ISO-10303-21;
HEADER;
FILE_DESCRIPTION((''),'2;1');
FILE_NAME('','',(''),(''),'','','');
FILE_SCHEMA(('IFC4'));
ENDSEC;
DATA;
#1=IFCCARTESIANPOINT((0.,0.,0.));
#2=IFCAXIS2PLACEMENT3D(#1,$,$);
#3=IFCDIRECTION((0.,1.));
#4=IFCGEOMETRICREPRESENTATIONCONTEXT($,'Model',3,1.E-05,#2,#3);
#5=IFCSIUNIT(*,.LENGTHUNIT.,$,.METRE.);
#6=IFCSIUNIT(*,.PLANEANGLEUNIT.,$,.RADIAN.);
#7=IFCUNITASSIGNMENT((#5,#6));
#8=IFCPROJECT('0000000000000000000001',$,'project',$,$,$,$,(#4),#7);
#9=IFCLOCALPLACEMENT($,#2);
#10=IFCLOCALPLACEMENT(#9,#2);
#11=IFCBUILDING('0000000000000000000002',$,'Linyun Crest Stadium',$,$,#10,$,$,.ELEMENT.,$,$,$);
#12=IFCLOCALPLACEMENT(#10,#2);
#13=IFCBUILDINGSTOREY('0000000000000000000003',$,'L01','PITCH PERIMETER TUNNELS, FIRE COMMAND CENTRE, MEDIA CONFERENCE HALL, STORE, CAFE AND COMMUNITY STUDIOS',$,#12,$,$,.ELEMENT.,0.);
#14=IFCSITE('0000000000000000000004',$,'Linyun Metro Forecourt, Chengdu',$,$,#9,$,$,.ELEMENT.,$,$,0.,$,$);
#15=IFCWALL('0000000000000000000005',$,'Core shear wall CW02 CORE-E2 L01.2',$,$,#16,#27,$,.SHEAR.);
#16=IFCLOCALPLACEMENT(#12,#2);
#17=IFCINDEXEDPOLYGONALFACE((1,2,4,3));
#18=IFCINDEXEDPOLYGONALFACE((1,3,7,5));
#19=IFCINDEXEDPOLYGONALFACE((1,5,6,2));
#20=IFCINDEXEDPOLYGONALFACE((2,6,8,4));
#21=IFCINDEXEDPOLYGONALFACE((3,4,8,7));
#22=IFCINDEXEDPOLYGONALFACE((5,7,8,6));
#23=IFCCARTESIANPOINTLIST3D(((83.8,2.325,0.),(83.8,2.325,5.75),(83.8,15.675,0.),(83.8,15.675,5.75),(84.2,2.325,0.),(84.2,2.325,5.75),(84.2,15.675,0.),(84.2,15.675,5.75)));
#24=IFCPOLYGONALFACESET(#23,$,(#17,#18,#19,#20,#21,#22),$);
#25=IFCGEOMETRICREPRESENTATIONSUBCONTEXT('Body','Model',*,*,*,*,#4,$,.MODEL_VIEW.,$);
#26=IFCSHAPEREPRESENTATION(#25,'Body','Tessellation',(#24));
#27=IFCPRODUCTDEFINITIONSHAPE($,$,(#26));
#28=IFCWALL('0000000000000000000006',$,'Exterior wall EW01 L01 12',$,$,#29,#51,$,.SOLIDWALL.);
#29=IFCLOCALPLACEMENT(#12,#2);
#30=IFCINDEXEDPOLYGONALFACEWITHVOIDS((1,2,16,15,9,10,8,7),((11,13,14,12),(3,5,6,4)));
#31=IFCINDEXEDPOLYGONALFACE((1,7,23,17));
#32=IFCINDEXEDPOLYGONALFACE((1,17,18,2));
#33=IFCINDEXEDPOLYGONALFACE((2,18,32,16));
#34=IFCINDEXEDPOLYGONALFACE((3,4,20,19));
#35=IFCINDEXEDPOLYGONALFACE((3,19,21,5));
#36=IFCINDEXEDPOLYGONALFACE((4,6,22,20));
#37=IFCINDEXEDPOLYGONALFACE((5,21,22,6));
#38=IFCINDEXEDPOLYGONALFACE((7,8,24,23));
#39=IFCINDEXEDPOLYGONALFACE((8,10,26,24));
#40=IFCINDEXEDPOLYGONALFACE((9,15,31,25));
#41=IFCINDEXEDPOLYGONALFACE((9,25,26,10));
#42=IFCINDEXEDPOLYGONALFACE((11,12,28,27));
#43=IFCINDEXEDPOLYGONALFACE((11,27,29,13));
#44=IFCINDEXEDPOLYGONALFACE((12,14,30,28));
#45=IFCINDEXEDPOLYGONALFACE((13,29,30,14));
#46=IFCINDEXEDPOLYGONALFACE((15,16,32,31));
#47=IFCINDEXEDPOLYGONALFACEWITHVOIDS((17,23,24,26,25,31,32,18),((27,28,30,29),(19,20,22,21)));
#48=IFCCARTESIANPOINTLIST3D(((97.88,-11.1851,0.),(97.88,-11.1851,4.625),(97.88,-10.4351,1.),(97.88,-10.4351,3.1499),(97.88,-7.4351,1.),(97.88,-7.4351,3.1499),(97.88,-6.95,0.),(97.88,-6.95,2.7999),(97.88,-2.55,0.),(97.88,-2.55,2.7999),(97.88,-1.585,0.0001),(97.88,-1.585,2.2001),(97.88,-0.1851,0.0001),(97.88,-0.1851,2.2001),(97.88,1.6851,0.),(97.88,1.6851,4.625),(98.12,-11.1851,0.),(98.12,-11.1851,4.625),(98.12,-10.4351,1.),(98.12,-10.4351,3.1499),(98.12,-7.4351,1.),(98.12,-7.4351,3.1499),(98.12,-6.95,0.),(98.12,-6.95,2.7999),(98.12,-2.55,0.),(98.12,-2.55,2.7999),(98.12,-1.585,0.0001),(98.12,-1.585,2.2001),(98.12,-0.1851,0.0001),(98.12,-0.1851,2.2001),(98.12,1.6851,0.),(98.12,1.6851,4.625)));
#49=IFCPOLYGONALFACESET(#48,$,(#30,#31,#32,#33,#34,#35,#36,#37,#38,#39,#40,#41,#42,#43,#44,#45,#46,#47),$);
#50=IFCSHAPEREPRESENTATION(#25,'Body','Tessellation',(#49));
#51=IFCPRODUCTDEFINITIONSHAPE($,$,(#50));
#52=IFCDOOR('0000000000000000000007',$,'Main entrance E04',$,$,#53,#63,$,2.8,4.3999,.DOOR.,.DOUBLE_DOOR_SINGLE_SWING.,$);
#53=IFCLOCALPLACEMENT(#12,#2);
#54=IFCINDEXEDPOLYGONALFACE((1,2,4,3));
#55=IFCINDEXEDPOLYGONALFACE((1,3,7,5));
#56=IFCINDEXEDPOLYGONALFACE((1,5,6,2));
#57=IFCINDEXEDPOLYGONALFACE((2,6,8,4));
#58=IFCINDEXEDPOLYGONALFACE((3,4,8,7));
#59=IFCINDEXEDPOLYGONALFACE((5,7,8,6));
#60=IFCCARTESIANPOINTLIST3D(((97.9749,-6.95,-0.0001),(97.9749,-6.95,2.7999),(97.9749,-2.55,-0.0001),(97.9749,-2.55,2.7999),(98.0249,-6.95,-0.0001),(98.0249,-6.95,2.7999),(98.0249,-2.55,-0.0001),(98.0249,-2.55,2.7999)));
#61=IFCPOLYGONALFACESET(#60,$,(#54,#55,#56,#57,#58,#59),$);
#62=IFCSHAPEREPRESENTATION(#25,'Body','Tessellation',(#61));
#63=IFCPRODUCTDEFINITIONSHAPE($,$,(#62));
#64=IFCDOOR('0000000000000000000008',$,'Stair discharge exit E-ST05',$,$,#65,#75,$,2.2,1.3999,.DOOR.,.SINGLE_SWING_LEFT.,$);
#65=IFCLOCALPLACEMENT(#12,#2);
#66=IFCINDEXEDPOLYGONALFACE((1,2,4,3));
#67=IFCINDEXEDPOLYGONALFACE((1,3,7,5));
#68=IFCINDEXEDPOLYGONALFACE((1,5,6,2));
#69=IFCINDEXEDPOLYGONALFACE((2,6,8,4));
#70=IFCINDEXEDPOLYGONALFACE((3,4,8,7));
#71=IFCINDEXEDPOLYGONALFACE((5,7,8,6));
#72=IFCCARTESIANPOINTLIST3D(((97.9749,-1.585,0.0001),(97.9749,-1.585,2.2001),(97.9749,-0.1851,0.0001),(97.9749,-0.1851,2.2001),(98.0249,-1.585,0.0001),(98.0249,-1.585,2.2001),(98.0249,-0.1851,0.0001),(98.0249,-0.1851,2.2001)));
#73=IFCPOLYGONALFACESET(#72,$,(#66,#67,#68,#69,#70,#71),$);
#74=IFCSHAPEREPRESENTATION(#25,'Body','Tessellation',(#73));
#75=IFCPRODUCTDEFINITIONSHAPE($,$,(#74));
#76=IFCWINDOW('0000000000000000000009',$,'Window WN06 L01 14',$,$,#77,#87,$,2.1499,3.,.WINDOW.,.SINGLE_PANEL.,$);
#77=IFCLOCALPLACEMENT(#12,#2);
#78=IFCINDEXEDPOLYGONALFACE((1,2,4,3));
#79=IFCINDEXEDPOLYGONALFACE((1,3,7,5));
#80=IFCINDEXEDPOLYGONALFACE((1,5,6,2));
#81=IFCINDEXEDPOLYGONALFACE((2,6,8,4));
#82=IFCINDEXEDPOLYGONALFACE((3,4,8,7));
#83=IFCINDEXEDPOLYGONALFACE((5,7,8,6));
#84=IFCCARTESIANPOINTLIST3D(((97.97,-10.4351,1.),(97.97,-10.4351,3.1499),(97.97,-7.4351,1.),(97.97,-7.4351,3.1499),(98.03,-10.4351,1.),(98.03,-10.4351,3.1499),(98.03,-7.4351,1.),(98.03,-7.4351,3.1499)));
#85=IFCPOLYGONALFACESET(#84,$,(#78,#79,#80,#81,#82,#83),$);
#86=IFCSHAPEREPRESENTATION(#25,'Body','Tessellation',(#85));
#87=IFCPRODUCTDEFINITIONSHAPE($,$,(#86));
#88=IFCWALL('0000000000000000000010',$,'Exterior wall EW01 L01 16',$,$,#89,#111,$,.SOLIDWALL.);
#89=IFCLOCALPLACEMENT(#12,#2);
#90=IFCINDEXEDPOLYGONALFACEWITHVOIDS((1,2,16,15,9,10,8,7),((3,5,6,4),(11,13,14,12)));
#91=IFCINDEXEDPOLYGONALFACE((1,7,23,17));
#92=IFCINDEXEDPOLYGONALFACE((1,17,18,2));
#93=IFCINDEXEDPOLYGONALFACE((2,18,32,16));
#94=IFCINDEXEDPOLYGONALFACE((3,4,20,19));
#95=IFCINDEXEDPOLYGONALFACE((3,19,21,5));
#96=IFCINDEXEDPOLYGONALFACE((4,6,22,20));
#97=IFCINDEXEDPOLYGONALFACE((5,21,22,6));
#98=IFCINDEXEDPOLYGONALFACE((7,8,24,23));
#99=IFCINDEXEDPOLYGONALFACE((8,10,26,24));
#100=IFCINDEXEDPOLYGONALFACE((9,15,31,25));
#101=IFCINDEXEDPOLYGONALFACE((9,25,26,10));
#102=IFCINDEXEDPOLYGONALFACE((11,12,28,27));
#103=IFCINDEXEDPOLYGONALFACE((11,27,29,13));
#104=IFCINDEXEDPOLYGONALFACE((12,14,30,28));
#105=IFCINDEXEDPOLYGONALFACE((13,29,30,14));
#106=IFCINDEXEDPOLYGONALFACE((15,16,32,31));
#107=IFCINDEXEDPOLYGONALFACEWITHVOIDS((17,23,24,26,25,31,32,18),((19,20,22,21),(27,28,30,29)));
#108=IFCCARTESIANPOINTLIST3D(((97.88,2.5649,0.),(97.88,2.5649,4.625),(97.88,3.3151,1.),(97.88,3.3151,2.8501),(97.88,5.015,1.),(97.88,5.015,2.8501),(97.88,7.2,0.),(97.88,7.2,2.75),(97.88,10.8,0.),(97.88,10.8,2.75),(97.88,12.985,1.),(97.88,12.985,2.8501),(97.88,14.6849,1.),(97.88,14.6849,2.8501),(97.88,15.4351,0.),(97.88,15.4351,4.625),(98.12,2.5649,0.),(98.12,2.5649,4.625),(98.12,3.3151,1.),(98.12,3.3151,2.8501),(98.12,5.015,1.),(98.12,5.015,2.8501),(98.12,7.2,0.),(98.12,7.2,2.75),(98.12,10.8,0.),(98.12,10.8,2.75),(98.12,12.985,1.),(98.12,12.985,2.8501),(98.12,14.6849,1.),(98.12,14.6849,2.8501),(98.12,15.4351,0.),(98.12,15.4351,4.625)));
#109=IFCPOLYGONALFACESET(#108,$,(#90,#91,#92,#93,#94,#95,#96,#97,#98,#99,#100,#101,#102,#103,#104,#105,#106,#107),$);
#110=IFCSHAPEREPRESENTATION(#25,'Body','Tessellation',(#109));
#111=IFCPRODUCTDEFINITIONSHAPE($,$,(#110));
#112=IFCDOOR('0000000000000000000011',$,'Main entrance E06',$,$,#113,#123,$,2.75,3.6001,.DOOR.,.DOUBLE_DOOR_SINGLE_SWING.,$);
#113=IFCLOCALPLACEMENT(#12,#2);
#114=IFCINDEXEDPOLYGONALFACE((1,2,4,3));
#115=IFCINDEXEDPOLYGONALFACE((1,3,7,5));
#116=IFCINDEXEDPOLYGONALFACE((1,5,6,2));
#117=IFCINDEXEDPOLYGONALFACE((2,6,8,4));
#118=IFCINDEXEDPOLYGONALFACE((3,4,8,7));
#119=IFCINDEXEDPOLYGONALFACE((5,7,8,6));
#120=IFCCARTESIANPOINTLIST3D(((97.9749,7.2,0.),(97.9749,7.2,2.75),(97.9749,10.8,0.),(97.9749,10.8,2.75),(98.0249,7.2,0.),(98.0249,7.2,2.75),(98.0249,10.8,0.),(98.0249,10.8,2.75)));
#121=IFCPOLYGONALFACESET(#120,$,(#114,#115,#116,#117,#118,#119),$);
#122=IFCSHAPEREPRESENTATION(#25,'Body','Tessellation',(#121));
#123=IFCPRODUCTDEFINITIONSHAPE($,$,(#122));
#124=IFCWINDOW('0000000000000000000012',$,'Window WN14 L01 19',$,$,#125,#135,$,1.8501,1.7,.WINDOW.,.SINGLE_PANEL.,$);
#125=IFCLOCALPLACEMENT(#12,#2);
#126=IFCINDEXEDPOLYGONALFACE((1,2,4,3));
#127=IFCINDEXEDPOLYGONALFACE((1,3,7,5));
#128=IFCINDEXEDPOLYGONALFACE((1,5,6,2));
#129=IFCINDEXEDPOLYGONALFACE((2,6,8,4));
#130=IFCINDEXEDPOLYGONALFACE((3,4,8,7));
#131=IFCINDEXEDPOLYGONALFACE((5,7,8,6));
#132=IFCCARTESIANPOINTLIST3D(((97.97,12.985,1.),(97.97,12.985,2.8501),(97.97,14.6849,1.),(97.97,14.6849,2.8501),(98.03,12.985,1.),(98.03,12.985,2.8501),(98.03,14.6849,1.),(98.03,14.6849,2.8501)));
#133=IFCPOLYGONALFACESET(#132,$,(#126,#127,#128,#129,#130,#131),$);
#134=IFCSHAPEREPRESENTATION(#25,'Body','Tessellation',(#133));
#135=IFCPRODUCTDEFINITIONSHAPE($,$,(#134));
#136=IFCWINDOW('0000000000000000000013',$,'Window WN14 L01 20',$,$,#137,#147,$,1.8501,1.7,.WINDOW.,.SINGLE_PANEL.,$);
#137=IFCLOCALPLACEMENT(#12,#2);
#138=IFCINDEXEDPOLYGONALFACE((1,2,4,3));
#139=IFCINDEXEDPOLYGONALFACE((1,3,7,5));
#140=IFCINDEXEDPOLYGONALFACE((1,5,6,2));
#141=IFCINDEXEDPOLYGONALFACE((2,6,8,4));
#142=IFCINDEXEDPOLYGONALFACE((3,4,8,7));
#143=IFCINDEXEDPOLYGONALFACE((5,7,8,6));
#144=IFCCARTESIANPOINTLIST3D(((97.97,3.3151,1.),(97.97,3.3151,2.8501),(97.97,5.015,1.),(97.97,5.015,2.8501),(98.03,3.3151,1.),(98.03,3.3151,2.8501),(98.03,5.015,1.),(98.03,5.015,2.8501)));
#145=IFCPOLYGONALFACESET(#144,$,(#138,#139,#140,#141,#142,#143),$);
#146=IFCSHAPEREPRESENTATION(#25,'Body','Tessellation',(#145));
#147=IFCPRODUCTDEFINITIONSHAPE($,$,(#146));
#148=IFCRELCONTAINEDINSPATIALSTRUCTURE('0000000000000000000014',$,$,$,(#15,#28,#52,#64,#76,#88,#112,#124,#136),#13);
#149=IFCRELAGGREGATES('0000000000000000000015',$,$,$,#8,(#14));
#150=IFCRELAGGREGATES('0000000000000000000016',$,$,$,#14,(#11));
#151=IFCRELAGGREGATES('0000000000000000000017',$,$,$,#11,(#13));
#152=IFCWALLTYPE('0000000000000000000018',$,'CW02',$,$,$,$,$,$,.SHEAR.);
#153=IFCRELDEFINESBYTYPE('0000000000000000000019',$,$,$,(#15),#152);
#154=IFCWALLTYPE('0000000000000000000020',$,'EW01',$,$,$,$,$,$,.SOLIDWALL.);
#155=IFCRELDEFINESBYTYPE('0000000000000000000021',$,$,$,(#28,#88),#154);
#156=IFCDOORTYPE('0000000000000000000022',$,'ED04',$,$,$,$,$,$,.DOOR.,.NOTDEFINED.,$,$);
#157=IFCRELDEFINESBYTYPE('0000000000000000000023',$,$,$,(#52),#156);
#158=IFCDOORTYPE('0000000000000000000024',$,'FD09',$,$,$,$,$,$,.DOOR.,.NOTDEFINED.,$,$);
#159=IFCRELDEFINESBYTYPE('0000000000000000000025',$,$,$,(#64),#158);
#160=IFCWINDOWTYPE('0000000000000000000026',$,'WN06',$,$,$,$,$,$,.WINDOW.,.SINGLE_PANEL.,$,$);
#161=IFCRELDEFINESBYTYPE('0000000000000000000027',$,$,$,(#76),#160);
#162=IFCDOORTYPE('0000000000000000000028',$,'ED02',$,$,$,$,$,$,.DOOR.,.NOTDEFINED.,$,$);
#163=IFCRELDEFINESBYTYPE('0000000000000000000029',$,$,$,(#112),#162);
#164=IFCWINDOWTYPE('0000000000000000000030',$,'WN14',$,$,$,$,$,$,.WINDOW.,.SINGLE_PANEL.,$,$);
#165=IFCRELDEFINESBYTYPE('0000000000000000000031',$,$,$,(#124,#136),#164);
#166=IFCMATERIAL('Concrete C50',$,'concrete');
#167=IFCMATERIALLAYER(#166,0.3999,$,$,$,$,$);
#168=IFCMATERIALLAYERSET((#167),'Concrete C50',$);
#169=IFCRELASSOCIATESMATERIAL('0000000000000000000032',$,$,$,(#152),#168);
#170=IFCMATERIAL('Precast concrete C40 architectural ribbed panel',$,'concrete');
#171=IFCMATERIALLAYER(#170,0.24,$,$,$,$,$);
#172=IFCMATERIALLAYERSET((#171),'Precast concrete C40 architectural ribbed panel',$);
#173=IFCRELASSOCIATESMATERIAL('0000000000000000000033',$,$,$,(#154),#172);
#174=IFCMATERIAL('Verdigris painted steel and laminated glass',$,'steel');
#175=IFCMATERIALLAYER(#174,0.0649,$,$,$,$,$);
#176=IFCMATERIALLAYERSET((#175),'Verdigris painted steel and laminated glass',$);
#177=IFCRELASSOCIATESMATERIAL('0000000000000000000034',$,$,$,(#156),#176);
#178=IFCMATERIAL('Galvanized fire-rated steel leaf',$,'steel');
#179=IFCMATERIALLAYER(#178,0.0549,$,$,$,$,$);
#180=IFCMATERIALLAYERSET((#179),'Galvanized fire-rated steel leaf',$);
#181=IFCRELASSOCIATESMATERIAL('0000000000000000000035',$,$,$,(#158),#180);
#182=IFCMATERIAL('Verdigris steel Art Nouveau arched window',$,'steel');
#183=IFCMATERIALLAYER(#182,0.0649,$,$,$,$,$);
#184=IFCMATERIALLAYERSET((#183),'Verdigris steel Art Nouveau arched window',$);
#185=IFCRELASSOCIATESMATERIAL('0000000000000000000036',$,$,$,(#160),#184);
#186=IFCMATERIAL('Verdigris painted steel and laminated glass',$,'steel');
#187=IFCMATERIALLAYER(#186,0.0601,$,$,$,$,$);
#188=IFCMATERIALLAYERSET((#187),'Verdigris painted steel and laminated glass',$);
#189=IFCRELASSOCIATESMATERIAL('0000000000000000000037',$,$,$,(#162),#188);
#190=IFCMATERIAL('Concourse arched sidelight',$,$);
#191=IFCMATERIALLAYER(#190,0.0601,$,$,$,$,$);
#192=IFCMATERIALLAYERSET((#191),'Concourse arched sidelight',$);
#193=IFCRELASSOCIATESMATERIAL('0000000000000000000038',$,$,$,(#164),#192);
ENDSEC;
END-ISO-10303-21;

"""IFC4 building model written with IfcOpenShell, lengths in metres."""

from ifc_helpers import new_model, si_unit, direction, frame, frame_2d, origin, place, context, subcontext, project, spatial, rectangle, extrude, material, layer, layer_set, type_object, element, fill, save


model = new_model("IFC4")

# Units and contexts
model_context = context("Model", 3, precision=1e-05, world=origin(), true_north=direction((0.0, 1.0)))
body_context = subcontext(model_context, "Body", "Model", "MODEL_VIEW")
ifc_project = project(units=[si_unit("LENGTHUNIT", "METRE"), si_unit("PLANEANGLEUNIT", "RADIAN")], contexts=[model_context])

# Site, building, storey
site_placement = place(None, origin())
site = spatial("IfcSite", under=ifc_project, at=site_placement, Name="Linyun Metro Forecourt, Chengdu", CompositionType="ELEMENT", RefElevation=0.0)
building_placement = place(site_placement, origin())
building = spatial("IfcBuilding", under=site, at=building_placement, Name="Linyun Crest Stadium", CompositionType="ELEMENT")
storey_placement = place(building_placement, origin())
storey = spatial("IfcBuildingStorey", under=building, at=storey_placement, Name="L01", Description="PITCH PERIMETER TUNNELS, FIRE COMMAND CENTRE, MEDIA CONFERENCE HALL, STORE, CAFE AND COMMUNITY STUDIOS", CompositionType="ELEMENT", Elevation=0.0)

# Wall
ifc_material_1 = material(Name="Concrete C50", Category="concrete")
ifc_layer_1 = layer(ifc_material_1, 0.3999)
ifc_layer_set_1 = layer_set([ifc_layer_1], Name="Concrete C50")
wall_type_1 = type_object("IfcWallType", Name="CW02", PredefinedType="SHEAR", material=ifc_layer_set_1)
wall_1_placement = place(storey_placement, frame((84.0, 2.325, 0.0), z_axis=(0.0, 0.0, 1.0), x_axis=(0.0, 1.0, 0.0)))
element("IfcWall", 1, at=wall_1_placement, inside=storey, type_object=wall_type_1, Name="Core shear wall CW02 CORE-E2 L01.2", PredefinedType="SHEAR", context=body_context, shape_type="SweptSolid", body=[
    extrude(rectangle(XDim=13.3501, YDim=0.3999, at=frame_2d((6.675, 0.0))), origin(), (0.0, 0.0, 1.0), 5.75),
])

# Wall, openings, doors, window
ifc_material_2 = material(Name="Precast concrete C40 architectural ribbed panel", Category="concrete")
ifc_layer_2 = layer(ifc_material_2, 0.24)
ifc_layer_set_2 = layer_set([ifc_layer_2], Name="Precast concrete C40 architectural ribbed panel")
wall_type_2 = type_object("IfcWallType", Name="EW01", PredefinedType="SOLIDWALL", material=ifc_layer_set_2)
wall_2_placement = place(storey_placement, frame((98.0, 1.6851, 0.0), z_axis=(0.0, 0.0, 1.0), x_axis=(0.0, -1.0, 0.0)))
wall_2 = element("IfcWall", 2, at=wall_2_placement, inside=storey, type_object=wall_type_2, Name="Exterior wall EW01 L01 12", PredefinedType="SOLIDWALL", context=body_context, shape_type="SweptSolid", body=[
    extrude(rectangle(XDim=12.8701, YDim=0.24, at=frame_2d((6.4351, 0.0))), origin(), (0.0, 0.0, 1.0), 4.625),
])
opening_1_placement = place(wall_2_placement, frame((4.2351, 0.0, 0.0)))
opening_1 = element("IfcOpeningElement", 3, at=opening_1_placement, cuts=wall_2, PredefinedType="OPENING", context=body_context, shape_type="SweptSolid", body=[
    extrude(rectangle(XDim=4.3999, YDim=2.8, at=frame_2d((2.2, 1.3999))), frame((0.0, 0.1299, 0.0), z_axis=(0.0, -1.0, 0.0), x_axis=(1.0, 0.0, 0.0)), (0.0, 0.0, 1.0), 0.26),
])
opening_2_placement = place(wall_2_placement, frame((1.8701, 0.0, 0.0)))
opening_2 = element("IfcOpeningElement", 4, at=opening_2_placement, cuts=wall_2, PredefinedType="OPENING", context=body_context, shape_type="SweptSolid", body=[
    extrude(rectangle(XDim=1.3999, YDim=2.2, at=frame_2d((0.7, 1.1001))), frame((0.0, 0.1299, 0.0), z_axis=(0.0, -1.0, 0.0), x_axis=(1.0, 0.0, 0.0)), (0.0, 0.0, 1.0), 0.26),
])
opening_3_placement = place(wall_2_placement, frame((9.1201, 0.0, 1.0)))
opening_3 = element("IfcOpeningElement", 5, at=opening_3_placement, cuts=wall_2, PredefinedType="OPENING", context=body_context, shape_type="SweptSolid", body=[
    extrude(rectangle(XDim=3.0, YDim=2.1499, at=frame_2d((1.5, 1.075))), frame((0.0, 0.1299, 0.0), z_axis=(0.0, -1.0, 0.0), x_axis=(1.0, 0.0, 0.0)), (0.0, 0.0, 1.0), 0.26),
])
ifc_material_3 = material(Name="Verdigris painted steel and laminated glass", Category="steel")
ifc_layer_3 = layer(ifc_material_3, 0.0649)
ifc_layer_set_3 = layer_set([ifc_layer_3], Name="Verdigris painted steel and laminated glass")
door_type_1 = type_object("IfcDoorType", Name="ED04", OperationType="NOTDEFINED", PredefinedType="DOOR", material=ifc_layer_set_3)
door_1_placement = place(opening_1_placement, origin())
door_1 = element("IfcDoor", 6, at=door_1_placement, inside=storey, type_object=door_type_1, Name="Main entrance E04", OperationType="DOUBLE_DOOR_SINGLE_SWING", OverallHeight=2.8, OverallWidth=4.3999, PredefinedType="DOOR", context=body_context, shape_type="SweptSolid", body=[
    extrude(rectangle(XDim=4.3999, YDim=2.8, at=frame_2d((2.2, 1.3999))), frame((0.0, 0.0249, 0.0), z_axis=(0.0, -1.0, 0.0), x_axis=(1.0, 0.0, 0.0)), (0.0, 0.0, 1.0), 0.05),
])
fill(opening_1, door_1)
ifc_material_4 = material(Name="Galvanized fire-rated steel leaf", Category="steel")
ifc_layer_4 = layer(ifc_material_4, 0.0549)
ifc_layer_set_4 = layer_set([ifc_layer_4], Name="Galvanized fire-rated steel leaf")
door_type_2 = type_object("IfcDoorType", Name="FD09", OperationType="NOTDEFINED", PredefinedType="DOOR", material=ifc_layer_set_4)
door_2_placement = place(opening_2_placement, origin())
door_2 = element("IfcDoor", 7, at=door_2_placement, inside=storey, type_object=door_type_2, Name="Stair discharge exit E-ST05", OperationType="SINGLE_SWING_LEFT", OverallHeight=2.2, OverallWidth=1.3999, PredefinedType="DOOR", context=body_context, shape_type="SweptSolid", body=[
    extrude(rectangle(XDim=1.3999, YDim=2.2, at=frame_2d((0.7, 1.1001))), frame((0.0, 0.0249, 0.0), z_axis=(0.0, -1.0, 0.0), x_axis=(1.0, 0.0, 0.0)), (0.0, 0.0, 1.0), 0.05),
])
fill(opening_2, door_2)
ifc_material_5 = material(Name="Verdigris steel Art Nouveau arched window", Category="steel")
ifc_layer_5 = layer(ifc_material_5, 0.0649)
ifc_layer_set_5 = layer_set([ifc_layer_5], Name="Verdigris steel Art Nouveau arched window")
window_type_1 = type_object("IfcWindowType", Name="WN06", PartitioningType="SINGLE_PANEL", PredefinedType="WINDOW", material=ifc_layer_set_5)
window_1_placement = place(opening_3_placement, origin())
window_1 = element("IfcWindow", 8, at=window_1_placement, inside=storey, type_object=window_type_1, Name="Window WN06 L01 14", OverallHeight=2.1499, OverallWidth=3.0, PartitioningType="SINGLE_PANEL", PredefinedType="WINDOW", context=body_context, shape_type="SweptSolid", body=[
    extrude(rectangle(XDim=3.0, YDim=2.1499, at=frame_2d((1.5, 1.075))), frame((0.0, 0.03, 0.0), z_axis=(0.0, -1.0, 0.0), x_axis=(1.0, 0.0, 0.0)), (0.0, 0.0, 1.0), 0.0601),
])
fill(opening_3, window_1)

# Wall, openings, door, windows
wall_3_placement = place(storey_placement, frame((98.0, 15.4351, 0.0), z_axis=(0.0, 0.0, 1.0), x_axis=(0.0, -1.0, 0.0)))
wall_3 = element("IfcWall", 9, at=wall_3_placement, inside=storey, type_object=wall_type_2, Name="Exterior wall EW01 L01 16", PredefinedType="SOLIDWALL", context=body_context, shape_type="SweptSolid", body=[
    extrude(rectangle(XDim=12.8701, YDim=0.24, at=frame_2d((6.4351, 0.0))), origin(), (0.0, 0.0, 1.0), 4.625),
])
opening_4_placement = place(wall_3_placement, frame((4.635, 0.0, 0.0)))
opening_4 = element("IfcOpeningElement", 10, at=opening_4_placement, cuts=wall_3, PredefinedType="OPENING", context=body_context, shape_type="SweptSolid", body=[
    extrude(rectangle(XDim=3.6001, YDim=2.75, at=frame_2d((1.8, 1.375))), frame((0.0, 0.1299, 0.0), z_axis=(0.0, -1.0, 0.0), x_axis=(1.0, 0.0, 0.0)), (0.0, 0.0, 1.0), 0.26),
])
opening_5_placement = place(wall_3_placement, frame((0.75, 0.0, 1.0)))
opening_5 = element("IfcOpeningElement", 11, at=opening_5_placement, cuts=wall_3, PredefinedType="OPENING", context=body_context, shape_type="SweptSolid", body=[
    extrude(rectangle(XDim=1.7, YDim=1.8501, at=frame_2d((0.8501, 0.925))), frame((0.0, 0.1299, 0.0), z_axis=(0.0, -1.0, 0.0), x_axis=(1.0, 0.0, 0.0)), (0.0, 0.0, 1.0), 0.26),
])
opening_6_placement = place(wall_3_placement, frame((10.4199, 0.0, 1.0)))
opening_6 = element("IfcOpeningElement", 12, at=opening_6_placement, cuts=wall_3, PredefinedType="OPENING", context=body_context, shape_type="SweptSolid", body=[
    extrude(rectangle(XDim=1.7, YDim=1.8501, at=frame_2d((0.8501, 0.925))), frame((0.0, 0.1299, 0.0), z_axis=(0.0, -1.0, 0.0), x_axis=(1.0, 0.0, 0.0)), (0.0, 0.0, 1.0), 0.26),
])
ifc_material_6 = material(Name="Verdigris painted steel and laminated glass", Category="steel")
ifc_layer_6 = layer(ifc_material_6, 0.0601)
ifc_layer_set_6 = layer_set([ifc_layer_6], Name="Verdigris painted steel and laminated glass")
door_type_3 = type_object("IfcDoorType", Name="ED02", OperationType="NOTDEFINED", PredefinedType="DOOR", material=ifc_layer_set_6)
door_3_placement = place(opening_4_placement, origin())
door_3 = element("IfcDoor", 13, at=door_3_placement, inside=storey, type_object=door_type_3, Name="Main entrance E06", OperationType="DOUBLE_DOOR_SINGLE_SWING", OverallHeight=2.75, OverallWidth=3.6001, PredefinedType="DOOR", context=body_context, shape_type="SweptSolid", body=[
    extrude(rectangle(XDim=3.6001, YDim=2.75, at=frame_2d((1.8, 1.375))), frame((0.0, 0.0249, 0.0), z_axis=(0.0, -1.0, 0.0), x_axis=(1.0, 0.0, 0.0)), (0.0, 0.0, 1.0), 0.05),
])
fill(opening_4, door_3)
ifc_material_7 = material(Name="Concourse arched sidelight")
ifc_layer_7 = layer(ifc_material_7, 0.0601)
ifc_layer_set_7 = layer_set([ifc_layer_7], Name="Concourse arched sidelight")
window_type_2 = type_object("IfcWindowType", Name="WN14", PartitioningType="SINGLE_PANEL", PredefinedType="WINDOW", material=ifc_layer_set_7)
window_2_placement = place(opening_5_placement, origin())
window_2 = element("IfcWindow", 14, at=window_2_placement, inside=storey, type_object=window_type_2, Name="Window WN14 L01 19", OverallHeight=1.8501, OverallWidth=1.7, PartitioningType="SINGLE_PANEL", PredefinedType="WINDOW", context=body_context, shape_type="SweptSolid", body=[
    extrude(rectangle(XDim=1.7, YDim=1.8501, at=frame_2d((0.8501, 0.925))), frame((0.0, 0.03, 0.0), z_axis=(0.0, -1.0, 0.0), x_axis=(1.0, 0.0, 0.0)), (0.0, 0.0, 1.0), 0.0601),
])
fill(opening_5, window_2)
window_3_placement = place(opening_6_placement, origin())
window_3 = element("IfcWindow", 15, at=window_3_placement, inside=storey, type_object=window_type_2, Name="Window WN14 L01 20", OverallHeight=1.8501, OverallWidth=1.7, PartitioningType="SINGLE_PANEL", PredefinedType="WINDOW", context=body_context, shape_type="SweptSolid", body=[
    extrude(rectangle(XDim=1.7, YDim=1.8501, at=frame_2d((0.8501, 0.925))), frame((0.0, 0.03, 0.0), z_axis=(0.0, -1.0, 0.0), x_axis=(1.0, 0.0, 0.0)), (0.0, 0.0, 1.0), 0.0601),
])
fill(opening_6, window_3)

save(model, "model.ifc")
